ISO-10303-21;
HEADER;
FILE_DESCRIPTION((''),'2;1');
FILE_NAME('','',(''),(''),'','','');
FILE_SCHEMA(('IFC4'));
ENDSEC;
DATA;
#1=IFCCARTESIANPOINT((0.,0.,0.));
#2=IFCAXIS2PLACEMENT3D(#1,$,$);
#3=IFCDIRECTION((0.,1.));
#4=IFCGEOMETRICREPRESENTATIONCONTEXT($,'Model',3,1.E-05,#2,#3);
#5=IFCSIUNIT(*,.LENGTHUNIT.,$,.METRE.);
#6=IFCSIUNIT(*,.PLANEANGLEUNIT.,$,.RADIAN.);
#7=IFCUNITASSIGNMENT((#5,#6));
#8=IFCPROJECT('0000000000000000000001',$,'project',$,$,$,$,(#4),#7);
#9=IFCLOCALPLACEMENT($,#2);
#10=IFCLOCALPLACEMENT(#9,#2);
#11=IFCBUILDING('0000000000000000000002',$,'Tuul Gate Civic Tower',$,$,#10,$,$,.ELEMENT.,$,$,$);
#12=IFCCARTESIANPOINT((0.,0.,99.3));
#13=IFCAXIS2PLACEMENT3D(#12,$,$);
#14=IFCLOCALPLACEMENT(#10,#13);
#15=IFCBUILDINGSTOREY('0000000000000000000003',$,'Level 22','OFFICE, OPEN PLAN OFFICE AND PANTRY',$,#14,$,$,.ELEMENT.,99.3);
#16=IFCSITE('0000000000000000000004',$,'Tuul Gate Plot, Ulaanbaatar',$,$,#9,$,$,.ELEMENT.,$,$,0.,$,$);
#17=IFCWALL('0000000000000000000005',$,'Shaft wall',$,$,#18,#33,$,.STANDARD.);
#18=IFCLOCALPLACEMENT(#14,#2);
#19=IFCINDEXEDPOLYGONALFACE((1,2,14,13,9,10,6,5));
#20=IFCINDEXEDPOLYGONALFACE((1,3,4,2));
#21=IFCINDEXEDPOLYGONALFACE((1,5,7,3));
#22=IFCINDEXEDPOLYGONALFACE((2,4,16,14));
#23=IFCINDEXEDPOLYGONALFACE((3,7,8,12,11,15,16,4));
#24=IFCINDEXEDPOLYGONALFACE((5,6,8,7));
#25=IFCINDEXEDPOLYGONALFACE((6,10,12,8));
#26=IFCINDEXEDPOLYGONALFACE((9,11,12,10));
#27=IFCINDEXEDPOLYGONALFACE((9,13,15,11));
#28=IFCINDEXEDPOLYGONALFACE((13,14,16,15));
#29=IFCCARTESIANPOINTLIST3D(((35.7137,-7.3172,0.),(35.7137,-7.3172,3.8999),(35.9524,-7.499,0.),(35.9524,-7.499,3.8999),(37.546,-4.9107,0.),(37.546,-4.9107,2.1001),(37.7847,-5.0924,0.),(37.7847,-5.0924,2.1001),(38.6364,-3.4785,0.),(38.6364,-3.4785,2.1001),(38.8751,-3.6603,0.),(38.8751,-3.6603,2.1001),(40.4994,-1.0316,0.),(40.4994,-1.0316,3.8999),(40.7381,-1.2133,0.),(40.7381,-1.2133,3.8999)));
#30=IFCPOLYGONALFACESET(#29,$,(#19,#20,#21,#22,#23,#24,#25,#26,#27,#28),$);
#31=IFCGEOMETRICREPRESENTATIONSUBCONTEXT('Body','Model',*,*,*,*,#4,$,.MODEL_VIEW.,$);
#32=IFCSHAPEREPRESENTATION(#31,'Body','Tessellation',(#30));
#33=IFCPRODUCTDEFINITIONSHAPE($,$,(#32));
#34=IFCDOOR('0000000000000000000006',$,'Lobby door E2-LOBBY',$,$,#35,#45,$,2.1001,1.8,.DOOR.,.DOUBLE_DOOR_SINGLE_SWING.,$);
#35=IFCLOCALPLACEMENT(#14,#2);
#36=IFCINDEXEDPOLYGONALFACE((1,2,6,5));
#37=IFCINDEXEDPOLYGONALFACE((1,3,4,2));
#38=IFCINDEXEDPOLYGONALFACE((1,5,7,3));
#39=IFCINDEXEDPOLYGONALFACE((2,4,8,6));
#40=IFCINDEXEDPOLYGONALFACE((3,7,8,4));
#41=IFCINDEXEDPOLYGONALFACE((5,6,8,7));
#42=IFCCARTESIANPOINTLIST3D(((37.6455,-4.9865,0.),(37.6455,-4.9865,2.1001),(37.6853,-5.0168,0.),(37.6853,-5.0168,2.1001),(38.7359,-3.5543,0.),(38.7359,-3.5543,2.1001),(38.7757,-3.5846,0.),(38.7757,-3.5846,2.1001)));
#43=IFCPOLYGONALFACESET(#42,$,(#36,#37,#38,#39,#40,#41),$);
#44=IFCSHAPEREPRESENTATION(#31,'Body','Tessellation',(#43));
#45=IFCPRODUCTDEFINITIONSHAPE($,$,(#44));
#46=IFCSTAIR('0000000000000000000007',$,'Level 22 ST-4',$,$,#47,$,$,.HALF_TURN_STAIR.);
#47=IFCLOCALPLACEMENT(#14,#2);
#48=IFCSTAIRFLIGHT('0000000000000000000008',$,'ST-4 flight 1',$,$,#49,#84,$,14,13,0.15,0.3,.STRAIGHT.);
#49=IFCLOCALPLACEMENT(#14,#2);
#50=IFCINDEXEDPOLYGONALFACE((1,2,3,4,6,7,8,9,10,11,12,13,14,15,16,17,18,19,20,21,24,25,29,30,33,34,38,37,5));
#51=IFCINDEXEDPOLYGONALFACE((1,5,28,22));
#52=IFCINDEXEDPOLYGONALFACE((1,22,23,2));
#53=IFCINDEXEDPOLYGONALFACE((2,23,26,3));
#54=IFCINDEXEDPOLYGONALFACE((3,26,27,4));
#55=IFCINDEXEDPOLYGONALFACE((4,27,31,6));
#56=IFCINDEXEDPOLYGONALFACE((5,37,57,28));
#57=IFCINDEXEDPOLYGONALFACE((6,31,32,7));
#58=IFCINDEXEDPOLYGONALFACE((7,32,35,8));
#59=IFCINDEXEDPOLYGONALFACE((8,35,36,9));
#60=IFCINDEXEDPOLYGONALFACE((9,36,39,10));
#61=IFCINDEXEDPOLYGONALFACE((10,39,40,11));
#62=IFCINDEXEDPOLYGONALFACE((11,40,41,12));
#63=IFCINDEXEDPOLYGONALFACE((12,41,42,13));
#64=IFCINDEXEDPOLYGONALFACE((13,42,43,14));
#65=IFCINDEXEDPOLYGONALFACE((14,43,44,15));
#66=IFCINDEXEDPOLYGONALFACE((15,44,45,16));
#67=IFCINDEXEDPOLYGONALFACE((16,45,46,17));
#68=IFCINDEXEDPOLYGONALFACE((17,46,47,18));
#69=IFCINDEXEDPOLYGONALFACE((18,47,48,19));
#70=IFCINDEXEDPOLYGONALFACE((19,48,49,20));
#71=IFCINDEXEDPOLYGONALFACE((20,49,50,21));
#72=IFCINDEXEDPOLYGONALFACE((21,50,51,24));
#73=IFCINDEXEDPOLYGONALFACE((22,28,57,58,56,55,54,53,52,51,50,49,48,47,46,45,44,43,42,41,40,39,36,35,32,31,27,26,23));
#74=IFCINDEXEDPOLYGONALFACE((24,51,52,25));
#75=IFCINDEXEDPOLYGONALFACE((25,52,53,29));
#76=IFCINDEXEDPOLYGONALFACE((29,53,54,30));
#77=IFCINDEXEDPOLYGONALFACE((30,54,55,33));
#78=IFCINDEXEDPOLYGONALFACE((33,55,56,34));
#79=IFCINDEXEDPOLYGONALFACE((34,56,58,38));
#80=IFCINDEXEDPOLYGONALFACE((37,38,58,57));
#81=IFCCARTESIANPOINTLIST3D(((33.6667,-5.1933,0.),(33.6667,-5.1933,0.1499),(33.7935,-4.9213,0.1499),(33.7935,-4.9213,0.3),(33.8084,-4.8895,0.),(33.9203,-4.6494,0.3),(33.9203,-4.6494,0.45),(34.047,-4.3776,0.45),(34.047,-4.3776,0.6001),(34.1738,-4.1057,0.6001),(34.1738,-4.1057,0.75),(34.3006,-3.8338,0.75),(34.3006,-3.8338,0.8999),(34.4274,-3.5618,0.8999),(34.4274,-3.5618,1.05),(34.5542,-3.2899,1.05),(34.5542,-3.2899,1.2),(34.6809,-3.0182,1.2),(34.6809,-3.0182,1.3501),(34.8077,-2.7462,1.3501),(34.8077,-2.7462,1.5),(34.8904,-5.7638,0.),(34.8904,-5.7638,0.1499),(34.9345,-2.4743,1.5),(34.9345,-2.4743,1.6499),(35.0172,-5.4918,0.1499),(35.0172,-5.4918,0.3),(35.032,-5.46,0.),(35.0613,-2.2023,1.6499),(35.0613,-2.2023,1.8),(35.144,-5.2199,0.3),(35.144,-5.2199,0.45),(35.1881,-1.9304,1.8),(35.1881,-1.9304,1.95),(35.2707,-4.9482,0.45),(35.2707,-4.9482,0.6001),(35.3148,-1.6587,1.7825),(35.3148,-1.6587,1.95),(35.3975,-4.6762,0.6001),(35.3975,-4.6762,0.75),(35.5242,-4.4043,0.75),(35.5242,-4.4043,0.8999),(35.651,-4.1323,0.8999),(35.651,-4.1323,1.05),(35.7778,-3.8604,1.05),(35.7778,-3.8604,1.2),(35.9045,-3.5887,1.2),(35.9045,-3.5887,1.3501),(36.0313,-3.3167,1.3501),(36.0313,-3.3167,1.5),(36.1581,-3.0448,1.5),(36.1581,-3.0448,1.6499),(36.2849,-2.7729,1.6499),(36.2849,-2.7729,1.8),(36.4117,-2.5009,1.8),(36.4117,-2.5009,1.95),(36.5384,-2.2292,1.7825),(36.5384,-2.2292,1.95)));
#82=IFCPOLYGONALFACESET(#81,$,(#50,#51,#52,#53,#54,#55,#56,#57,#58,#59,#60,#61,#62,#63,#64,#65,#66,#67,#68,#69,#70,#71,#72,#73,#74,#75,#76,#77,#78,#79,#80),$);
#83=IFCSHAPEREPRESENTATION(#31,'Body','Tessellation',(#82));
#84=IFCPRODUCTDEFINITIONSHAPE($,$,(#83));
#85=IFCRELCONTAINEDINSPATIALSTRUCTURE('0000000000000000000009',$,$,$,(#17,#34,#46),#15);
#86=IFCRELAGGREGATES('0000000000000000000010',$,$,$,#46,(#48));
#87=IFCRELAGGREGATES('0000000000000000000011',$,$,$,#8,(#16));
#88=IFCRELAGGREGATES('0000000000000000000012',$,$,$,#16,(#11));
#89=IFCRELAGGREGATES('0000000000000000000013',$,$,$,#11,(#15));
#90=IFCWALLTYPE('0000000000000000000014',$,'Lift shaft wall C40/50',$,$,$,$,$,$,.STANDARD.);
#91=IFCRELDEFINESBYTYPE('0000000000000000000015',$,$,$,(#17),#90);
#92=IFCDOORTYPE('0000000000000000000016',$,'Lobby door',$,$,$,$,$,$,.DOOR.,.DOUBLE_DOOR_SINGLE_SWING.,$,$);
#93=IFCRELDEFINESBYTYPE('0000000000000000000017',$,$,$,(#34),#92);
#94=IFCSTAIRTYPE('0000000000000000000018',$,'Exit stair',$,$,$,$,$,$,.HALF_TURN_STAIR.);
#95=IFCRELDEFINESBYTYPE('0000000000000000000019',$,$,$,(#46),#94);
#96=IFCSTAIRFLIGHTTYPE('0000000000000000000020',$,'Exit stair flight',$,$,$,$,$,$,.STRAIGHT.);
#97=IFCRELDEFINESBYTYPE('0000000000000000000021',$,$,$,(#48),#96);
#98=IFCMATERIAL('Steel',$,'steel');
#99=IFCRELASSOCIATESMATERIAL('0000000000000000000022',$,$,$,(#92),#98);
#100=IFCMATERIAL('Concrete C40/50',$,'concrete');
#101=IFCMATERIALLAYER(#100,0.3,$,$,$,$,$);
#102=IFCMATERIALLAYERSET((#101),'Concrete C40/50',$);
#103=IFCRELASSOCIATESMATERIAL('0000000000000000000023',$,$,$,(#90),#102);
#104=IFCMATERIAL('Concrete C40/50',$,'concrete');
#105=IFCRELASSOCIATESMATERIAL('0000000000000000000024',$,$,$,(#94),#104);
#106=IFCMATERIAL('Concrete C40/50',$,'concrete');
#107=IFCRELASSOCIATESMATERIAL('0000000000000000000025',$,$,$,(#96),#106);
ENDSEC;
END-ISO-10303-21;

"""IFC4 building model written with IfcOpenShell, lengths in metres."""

from ifc_helpers import new_model, si_unit, direction, frame, frame_2d, origin, place, context, subcontext, project, spatial, polyline, rectangle, outline, extrude, material, layer, layer_set, type_object, element, fill, aggregate, save


model = new_model("IFC4")

# Units and contexts
model_context = context("Model", 3, precision=1e-05, world=origin(), true_north=direction((0.0, 1.0)))
body_context = subcontext(model_context, "Body", "Model", "MODEL_VIEW")
ifc_project = project(units=[si_unit("LENGTHUNIT", "METRE"), si_unit("PLANEANGLEUNIT", "RADIAN")], contexts=[model_context])

# Site, building, storey
site_placement = place(None, origin())
site = spatial("IfcSite", under=ifc_project, at=site_placement, Name="Tuul Gate Plot, Ulaanbaatar", CompositionType="ELEMENT", RefElevation=0.0)
building_placement = place(site_placement, origin())
building = spatial("IfcBuilding", under=site, at=building_placement, Name="Tuul Gate Civic Tower", CompositionType="ELEMENT")
storey_placement = place(building_placement, frame((0.0, 0.0, 99.3)))
storey = spatial("IfcBuildingStorey", under=building, at=storey_placement, Name="Level 22", Description="OFFICE, OPEN PLAN OFFICE AND PANTRY", CompositionType="ELEMENT", Elevation=99.3)

# Shared definitions
ifc_material_1 = material(Name="Steel", Category="steel")
door_type_1 = type_object("IfcDoorType", Name="Lobby door", OperationType="DOUBLE_DOOR_SINGLE_SWING", PredefinedType="DOOR", material=ifc_material_1)

# Shared definitions
ifc_material_2 = material(Name="Concrete C40/50", Category="concrete")
ifc_layer_1 = layer(ifc_material_2, 0.3)
ifc_layer_set_1 = layer_set([ifc_layer_1], Name="Concrete C40/50")
wall_type_1 = type_object("IfcWallType", Name="Lift shaft wall C40/50", PredefinedType="STANDARD", material=ifc_layer_set_1)

# Wall, opening, door
wall_1_placement = place(storey_placement, frame((35.833, -7.4082, 0.0), z_axis=(0.0, 0.0, 1.0), x_axis=(0.605769, 0.79564, 0.0)))
wall_1 = element("IfcWall", 1, at=wall_1_placement, inside=storey, type_object=wall_type_1, Name="Shaft wall", PredefinedType="STANDARD", context=body_context, shape_type="SweptSolid", body=[
    extrude(rectangle(XDim=7.9001, YDim=0.3, at=frame_2d((3.9502, 0.0))), origin(), (0.0, 0.0, 1.0), 3.8999),
])
opening_1_placement = place(wall_1_placement, frame((3.0249, 0.0, 0.0)))
opening_1 = element("IfcOpeningElement", 2, at=opening_1_placement, cuts=wall_1, PredefinedType="OPENING", context=body_context, shape_type="SweptSolid", body=[
    extrude(rectangle(XDim=1.8, YDim=2.1001, at=frame_2d((0.8999, 1.05))), frame((0.0, 0.1602, 0.0), z_axis=(0.0, -1.0, 0.0), x_axis=(1.0, 0.0, 0.0)), (0.0, 0.0, 1.0), 0.3201),
])
door_1_placement = place(opening_1_placement, origin())
door_1 = element("IfcDoor", 3, at=door_1_placement, inside=storey, type_object=door_type_1, Name="Lobby door E2-LOBBY", OperationType="DOUBLE_DOOR_SINGLE_SWING", OverallHeight=2.1001, OverallWidth=1.8, PredefinedType="DOOR", context=body_context, shape_type="SweptSolid", body=[
    extrude(rectangle(XDim=1.8, YDim=2.1001, at=frame_2d((0.8999, 1.05))), frame((0.0, 0.0249, 0.0), z_axis=(0.0, -1.0, 0.0), x_axis=(1.0, 0.0, 0.0)), (0.0, 0.0, 1.0), 0.05),
])
fill(opening_1, door_1)

# Stair, stair flight
ifc_material_3 = material(Name="Concrete C40/50", Category="concrete")
stair_type = type_object("IfcStairType", Name="Exit stair", PredefinedType="HALF_TURN_STAIR", material=ifc_material_3)
stair_placement = place(storey_placement, origin())
stair = element("IfcStair", 4, at=stair_placement, inside=storey, type_object=stair_type, Name="Level 22 ST-4", PredefinedType="HALF_TURN_STAIR")
ifc_material_4 = material(Name="Concrete C40/50", Category="concrete")
stair_flight_type = type_object("IfcStairFlightType", Name="Exit stair flight", PredefinedType="STRAIGHT", material=ifc_material_4)
stair_flight_placement = place(storey_placement, frame((34.2786, -5.4785, 0.0), z_axis=(0.0, 0.0, 1.0), x_axis=(0.422576, 0.906327, 0.0)))
stair_flight = element("IfcStairFlight", 5, at=stair_flight_placement, type_object=stair_flight_type, Name="ST-4 flight 1", NumberOfRisers=14, NumberOfTreads=13, PredefinedType="STRAIGHT", RiserHeight=0.15, TreadLength=0.3, context=body_context, shape_type="SweptSolid", body=[
    extrude(outline(polyline([(0.0, 0.0), (0.0, 0.1499), (0.3, 0.1499), (0.3, 0.3), (0.6001, 0.3), (0.6001, 0.45), (0.8999, 0.45), (0.8999, 0.6001), (1.2, 0.6001), (1.2, 0.75), (1.5, 0.75), (1.5, 0.8999), (1.8, 0.8999), (1.8, 1.05), (2.1001, 1.05), (2.1001, 1.2), (2.3999, 1.2), (2.3999, 1.3501), (2.7, 1.3501), (2.7, 1.5), (3.0, 1.5), (3.0, 1.6499), (3.3, 1.6499), (3.3, 1.8), (3.6001, 1.8), (3.6001, 1.95), (3.8999, 1.95), (3.8999, 2.1001), (3.8999, 1.7825), (0.3352, 0.0), (0.0, 0.0)])), frame((0.0, 0.675, 0.0), z_axis=(0.0, -1.0, 0.0), x_axis=(1.0, 0.0, 0.0)), (0.0, 0.0, 1.0), 1.3501),
])
aggregate(stair, [stair_flight])

save(model, "model.ifc")
